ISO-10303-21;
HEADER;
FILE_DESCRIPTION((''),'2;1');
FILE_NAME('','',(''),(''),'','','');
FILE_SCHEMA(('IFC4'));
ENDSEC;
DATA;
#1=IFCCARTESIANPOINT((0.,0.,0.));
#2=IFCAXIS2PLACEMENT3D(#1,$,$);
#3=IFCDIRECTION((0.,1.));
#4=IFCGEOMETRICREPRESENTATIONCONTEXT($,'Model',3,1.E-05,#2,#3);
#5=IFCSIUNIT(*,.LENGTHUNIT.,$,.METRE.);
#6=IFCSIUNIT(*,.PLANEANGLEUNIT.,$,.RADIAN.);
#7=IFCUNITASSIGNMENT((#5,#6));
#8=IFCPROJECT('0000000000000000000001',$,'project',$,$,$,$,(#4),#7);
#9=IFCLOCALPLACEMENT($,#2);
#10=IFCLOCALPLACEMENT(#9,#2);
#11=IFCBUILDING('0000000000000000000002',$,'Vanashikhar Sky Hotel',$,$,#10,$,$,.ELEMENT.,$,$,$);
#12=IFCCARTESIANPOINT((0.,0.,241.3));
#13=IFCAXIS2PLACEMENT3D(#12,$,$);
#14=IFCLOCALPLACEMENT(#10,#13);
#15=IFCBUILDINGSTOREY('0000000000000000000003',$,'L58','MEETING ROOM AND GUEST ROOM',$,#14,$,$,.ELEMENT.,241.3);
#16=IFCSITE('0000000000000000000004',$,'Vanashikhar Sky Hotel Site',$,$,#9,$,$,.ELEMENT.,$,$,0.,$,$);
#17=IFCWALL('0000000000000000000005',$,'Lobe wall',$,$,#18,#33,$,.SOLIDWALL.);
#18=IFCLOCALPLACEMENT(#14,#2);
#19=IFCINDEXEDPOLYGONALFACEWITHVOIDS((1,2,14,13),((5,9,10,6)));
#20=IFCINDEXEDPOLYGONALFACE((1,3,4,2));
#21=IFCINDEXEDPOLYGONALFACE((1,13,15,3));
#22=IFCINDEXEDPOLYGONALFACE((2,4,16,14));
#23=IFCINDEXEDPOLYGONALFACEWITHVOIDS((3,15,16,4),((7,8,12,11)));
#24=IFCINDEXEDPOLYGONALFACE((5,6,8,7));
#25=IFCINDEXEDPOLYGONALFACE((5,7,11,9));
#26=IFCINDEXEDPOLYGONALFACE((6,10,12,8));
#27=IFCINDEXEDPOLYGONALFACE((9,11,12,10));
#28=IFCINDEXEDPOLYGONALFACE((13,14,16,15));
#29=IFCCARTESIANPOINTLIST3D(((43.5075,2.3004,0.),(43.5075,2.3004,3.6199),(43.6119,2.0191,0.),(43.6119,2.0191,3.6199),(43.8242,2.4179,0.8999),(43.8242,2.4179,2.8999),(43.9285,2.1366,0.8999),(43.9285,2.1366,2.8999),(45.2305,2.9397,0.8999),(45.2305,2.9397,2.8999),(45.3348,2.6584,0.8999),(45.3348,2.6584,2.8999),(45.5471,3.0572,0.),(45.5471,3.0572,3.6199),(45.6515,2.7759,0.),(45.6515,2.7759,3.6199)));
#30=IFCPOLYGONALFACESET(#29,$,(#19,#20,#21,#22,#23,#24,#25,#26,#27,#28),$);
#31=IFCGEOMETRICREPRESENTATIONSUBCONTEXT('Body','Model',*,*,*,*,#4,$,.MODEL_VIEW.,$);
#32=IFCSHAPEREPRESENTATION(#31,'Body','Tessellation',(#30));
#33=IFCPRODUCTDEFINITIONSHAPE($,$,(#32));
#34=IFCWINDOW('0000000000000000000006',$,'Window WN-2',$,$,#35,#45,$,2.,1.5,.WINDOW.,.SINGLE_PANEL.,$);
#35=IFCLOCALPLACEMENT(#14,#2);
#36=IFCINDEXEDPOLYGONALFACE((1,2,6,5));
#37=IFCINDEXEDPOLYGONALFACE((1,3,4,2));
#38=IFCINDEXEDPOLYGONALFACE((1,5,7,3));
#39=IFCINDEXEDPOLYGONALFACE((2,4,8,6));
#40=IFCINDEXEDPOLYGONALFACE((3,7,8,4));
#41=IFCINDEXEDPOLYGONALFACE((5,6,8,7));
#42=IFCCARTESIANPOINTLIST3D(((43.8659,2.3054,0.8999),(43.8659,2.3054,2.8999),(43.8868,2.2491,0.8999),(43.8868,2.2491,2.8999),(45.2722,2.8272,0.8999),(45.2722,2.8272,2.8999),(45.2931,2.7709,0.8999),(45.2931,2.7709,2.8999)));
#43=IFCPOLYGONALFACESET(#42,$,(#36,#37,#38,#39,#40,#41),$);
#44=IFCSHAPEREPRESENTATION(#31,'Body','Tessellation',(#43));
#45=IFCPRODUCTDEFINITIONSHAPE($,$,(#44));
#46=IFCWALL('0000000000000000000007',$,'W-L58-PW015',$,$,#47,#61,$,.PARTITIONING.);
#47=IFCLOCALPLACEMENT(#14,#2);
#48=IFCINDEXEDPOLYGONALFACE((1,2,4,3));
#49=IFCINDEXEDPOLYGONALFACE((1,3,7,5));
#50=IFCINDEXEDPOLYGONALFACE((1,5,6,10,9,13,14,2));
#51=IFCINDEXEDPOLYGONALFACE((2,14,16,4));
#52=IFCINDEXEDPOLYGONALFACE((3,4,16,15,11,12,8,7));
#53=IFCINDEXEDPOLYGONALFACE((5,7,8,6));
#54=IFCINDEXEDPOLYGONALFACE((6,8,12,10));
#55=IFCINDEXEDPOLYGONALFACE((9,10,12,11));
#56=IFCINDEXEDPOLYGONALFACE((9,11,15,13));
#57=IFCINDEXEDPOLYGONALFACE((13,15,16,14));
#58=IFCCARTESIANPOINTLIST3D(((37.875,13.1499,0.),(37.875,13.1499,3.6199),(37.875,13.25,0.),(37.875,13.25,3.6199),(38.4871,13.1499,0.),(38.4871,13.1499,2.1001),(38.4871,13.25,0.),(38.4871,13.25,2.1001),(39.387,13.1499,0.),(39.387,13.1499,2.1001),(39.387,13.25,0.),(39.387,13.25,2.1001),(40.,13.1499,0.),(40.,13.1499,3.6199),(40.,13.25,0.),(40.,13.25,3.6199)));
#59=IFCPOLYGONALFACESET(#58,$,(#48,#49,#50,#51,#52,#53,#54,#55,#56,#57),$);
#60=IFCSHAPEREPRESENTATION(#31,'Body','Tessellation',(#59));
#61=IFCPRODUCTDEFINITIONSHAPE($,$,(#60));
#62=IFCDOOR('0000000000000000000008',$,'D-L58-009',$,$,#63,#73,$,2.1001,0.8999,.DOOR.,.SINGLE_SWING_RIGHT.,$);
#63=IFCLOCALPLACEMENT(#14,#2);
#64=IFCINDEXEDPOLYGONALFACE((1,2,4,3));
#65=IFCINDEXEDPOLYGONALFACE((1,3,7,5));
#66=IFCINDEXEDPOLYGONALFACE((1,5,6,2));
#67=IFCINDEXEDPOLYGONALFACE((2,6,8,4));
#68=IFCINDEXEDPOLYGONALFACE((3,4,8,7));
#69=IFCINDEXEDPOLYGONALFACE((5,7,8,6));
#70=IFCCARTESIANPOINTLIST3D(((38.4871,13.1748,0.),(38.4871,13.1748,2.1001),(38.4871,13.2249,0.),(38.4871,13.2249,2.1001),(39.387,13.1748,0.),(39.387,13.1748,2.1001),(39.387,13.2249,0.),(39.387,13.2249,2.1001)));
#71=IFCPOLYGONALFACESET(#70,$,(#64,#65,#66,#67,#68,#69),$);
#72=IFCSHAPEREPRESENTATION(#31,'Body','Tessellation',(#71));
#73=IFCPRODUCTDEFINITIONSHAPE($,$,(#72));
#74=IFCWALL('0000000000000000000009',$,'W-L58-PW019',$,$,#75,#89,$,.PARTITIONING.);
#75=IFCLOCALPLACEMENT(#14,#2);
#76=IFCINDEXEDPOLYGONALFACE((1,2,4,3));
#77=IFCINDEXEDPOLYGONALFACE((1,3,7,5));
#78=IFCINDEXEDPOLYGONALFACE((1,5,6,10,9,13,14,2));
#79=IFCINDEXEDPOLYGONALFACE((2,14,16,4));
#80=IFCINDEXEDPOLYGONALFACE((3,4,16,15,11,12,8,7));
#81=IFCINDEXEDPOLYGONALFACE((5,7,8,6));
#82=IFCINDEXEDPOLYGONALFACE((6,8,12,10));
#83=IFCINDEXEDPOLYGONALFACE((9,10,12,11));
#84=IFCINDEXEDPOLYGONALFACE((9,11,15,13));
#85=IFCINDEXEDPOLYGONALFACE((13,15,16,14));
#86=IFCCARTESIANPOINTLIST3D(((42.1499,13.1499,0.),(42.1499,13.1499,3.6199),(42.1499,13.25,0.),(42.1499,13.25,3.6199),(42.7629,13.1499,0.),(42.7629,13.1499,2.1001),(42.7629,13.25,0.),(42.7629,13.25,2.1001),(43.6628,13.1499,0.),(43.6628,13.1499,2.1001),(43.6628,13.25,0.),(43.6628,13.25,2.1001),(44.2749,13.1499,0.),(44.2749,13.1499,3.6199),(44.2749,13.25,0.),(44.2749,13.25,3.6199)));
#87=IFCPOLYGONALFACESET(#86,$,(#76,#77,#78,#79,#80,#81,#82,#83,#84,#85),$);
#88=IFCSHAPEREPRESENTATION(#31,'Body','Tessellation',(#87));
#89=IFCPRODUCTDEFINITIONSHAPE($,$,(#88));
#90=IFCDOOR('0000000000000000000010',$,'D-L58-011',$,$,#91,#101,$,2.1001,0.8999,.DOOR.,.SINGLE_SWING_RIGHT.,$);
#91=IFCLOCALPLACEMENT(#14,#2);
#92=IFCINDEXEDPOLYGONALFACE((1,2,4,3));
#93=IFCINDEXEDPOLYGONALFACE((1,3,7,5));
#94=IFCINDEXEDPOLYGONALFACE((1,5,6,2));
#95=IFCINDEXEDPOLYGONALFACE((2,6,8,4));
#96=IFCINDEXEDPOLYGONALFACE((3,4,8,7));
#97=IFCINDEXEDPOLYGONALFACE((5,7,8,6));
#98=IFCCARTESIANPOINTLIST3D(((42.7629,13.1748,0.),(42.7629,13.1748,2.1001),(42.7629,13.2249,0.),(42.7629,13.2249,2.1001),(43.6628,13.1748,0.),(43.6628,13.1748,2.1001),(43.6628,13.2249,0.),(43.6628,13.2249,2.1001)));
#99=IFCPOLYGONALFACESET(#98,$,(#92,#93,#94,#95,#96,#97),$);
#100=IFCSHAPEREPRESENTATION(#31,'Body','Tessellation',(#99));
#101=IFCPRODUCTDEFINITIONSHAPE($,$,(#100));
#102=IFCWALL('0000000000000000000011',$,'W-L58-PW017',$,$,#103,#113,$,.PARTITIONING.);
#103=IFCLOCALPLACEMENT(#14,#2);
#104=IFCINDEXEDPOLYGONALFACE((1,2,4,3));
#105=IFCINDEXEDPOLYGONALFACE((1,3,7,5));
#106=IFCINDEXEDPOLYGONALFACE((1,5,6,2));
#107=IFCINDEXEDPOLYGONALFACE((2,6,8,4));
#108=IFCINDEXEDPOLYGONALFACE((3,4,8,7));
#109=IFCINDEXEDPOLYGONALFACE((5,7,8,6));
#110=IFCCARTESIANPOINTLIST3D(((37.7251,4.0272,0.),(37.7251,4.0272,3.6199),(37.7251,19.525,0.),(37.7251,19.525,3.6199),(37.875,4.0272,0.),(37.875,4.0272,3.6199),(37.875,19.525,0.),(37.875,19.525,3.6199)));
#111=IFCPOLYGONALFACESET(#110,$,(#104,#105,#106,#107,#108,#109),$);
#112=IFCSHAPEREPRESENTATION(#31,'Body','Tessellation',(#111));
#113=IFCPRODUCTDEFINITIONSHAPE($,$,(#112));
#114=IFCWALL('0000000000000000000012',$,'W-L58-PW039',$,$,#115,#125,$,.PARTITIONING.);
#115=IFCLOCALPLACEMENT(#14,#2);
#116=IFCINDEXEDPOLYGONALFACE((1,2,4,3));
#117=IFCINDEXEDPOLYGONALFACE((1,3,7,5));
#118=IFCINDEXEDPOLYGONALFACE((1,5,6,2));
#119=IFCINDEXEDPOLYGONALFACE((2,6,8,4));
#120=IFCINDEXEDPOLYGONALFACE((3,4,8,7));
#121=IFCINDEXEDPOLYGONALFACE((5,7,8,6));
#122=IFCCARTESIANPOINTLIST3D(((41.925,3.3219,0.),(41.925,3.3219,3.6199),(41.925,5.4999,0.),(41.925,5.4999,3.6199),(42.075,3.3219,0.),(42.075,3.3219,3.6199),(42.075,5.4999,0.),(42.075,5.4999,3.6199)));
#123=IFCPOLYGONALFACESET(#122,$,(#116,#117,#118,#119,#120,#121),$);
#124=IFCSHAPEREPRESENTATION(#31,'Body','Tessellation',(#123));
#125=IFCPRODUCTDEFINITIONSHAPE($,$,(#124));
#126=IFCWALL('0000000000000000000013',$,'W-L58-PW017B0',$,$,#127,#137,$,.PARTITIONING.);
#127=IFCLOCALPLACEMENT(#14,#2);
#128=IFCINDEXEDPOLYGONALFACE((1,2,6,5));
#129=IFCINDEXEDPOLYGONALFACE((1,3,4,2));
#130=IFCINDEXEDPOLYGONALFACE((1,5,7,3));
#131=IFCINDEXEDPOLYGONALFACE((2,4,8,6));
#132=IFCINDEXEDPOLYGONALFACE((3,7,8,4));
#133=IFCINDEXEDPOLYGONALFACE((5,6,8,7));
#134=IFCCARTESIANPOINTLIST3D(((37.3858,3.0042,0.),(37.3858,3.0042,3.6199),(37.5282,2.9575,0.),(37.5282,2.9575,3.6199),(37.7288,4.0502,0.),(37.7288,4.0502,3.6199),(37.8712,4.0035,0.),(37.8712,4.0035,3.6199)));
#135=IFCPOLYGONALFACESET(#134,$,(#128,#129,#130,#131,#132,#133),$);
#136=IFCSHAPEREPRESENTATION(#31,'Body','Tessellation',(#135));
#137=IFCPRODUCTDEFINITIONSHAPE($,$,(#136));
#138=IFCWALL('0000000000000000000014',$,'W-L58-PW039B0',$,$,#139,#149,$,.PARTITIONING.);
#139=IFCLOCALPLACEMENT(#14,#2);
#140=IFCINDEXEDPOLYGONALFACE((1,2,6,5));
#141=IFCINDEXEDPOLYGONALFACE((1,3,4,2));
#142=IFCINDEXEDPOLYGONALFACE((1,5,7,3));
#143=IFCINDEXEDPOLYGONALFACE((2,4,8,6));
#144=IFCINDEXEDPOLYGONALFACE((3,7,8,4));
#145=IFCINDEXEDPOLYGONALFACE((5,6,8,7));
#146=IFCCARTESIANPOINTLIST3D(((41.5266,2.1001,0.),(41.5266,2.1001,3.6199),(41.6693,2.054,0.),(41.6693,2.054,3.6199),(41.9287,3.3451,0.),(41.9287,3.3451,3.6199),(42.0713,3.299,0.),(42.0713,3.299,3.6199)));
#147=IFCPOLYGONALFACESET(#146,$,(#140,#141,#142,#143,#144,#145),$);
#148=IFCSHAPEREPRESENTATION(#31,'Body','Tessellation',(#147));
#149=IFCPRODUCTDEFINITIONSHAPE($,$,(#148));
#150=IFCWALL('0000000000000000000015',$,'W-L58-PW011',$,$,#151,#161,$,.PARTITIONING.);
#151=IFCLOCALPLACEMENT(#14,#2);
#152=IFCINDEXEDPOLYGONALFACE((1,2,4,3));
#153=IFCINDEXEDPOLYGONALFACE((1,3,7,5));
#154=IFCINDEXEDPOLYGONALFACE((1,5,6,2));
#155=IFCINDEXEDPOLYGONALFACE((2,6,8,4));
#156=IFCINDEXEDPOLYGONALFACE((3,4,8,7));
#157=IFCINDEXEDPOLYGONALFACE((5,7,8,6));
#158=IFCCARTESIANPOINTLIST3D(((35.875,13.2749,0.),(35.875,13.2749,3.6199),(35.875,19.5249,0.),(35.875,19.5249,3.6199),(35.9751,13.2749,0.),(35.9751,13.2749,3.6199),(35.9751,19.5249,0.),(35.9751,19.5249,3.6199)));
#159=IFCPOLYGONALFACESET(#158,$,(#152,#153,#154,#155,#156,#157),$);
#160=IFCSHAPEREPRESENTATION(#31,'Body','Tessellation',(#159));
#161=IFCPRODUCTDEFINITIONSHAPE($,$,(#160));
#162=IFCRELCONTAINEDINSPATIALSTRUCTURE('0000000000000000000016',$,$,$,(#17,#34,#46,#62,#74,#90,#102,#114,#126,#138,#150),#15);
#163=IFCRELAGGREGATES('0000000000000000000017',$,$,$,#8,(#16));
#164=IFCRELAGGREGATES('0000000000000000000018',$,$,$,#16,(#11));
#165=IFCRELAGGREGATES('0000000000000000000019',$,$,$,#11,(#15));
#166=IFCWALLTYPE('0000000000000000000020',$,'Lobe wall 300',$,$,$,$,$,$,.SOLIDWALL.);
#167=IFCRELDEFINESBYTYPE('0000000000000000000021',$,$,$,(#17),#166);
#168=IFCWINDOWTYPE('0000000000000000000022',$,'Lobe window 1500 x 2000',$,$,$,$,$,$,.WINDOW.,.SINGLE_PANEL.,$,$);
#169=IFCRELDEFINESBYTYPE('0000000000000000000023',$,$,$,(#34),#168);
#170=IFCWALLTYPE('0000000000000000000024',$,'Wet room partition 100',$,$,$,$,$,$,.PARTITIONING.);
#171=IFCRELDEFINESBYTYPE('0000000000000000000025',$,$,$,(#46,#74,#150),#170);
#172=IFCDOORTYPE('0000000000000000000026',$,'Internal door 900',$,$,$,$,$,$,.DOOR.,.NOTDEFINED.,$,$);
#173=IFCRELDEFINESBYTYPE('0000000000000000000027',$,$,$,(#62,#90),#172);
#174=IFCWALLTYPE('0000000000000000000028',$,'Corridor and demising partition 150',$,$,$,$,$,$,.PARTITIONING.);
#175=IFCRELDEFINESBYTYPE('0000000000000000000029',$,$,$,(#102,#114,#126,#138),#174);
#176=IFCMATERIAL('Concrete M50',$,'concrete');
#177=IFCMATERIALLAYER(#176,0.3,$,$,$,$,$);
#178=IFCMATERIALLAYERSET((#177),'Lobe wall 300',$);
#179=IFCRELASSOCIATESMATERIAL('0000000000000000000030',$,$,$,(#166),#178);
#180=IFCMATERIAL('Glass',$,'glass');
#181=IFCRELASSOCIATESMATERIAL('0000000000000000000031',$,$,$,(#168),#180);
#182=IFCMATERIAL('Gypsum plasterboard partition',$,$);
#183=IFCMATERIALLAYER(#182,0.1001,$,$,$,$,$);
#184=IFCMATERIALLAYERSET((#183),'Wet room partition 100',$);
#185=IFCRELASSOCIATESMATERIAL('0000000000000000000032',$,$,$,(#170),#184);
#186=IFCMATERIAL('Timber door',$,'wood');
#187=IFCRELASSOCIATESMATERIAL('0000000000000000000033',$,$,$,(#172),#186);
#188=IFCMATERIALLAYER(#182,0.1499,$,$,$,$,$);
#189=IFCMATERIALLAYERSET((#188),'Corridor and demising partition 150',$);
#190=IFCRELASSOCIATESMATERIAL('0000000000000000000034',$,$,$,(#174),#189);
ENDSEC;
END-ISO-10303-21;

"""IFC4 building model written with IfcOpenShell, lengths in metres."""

from ifc_helpers import new_model, si_unit, direction, frame, frame_2d, origin, place, context, subcontext, project, spatial, rectangle, extrude, source, transform, mapped, material, layer, layer_set, type_object, element, fill, save


model = new_model("IFC4")

# Units and contexts
model_context = context("Model", 3, precision=1e-05, world=origin(), true_north=direction((0.0, 1.0)))
body_context = subcontext(model_context, "Body", "Model", "MODEL_VIEW")
ifc_project = project(units=[si_unit("LENGTHUNIT", "METRE"), si_unit("PLANEANGLEUNIT", "RADIAN")], contexts=[model_context])

# Site, building, storey
site_placement = place(None, origin())
site = spatial("IfcSite", under=ifc_project, at=site_placement, Name="Vanashikhar Sky Hotel Site", CompositionType="ELEMENT", RefElevation=0.0)
building_placement = place(site_placement, origin())
building = spatial("IfcBuilding", under=site, at=building_placement, Name="Vanashikhar Sky Hotel", CompositionType="ELEMENT")
storey_placement = place(building_placement, frame((0.0, 0.0, 241.3)))
storey = spatial("IfcBuildingStorey", under=building, at=storey_placement, Name="L58", Description="MEETING ROOM AND GUEST ROOM", CompositionType="ELEMENT", Elevation=241.3)

# Shared definitions
ifc_material_1 = material(Name="Concrete M50", Category="concrete")

# Wall, opening, window
ifc_layer_1 = layer(ifc_material_1, 0.3)
ifc_layer_set_1 = layer_set([ifc_layer_1], Name="Lobe wall 300")
wall_type_1 = type_object("IfcWallType", Name="Lobe wall 300", PredefinedType="SOLIDWALL", material=ifc_layer_set_1)
shared_shape_1 = source(origin(), body_context, "Body", "SweptSolid", [
    extrude(rectangle(XDim=1.5, YDim=2.0, at=frame_2d((0.75, 1.0))), frame((0.0, 0.1602, 0.0), z_axis=(0.0, -1.0, 0.0), x_axis=(1.0, 0.0, 0.0)), (0.0, 0.0, 1.0), 0.3201),
])
ifc_material_2 = material(Name="Glass", Category="glass")
window_type = type_object("IfcWindowType", Name="Lobe window 1500 x 2000", PartitioningType="SINGLE_PANEL", PredefinedType="WINDOW", material=ifc_material_2)
shared_shape_2 = source(origin(), body_context, "Body", "SweptSolid", [
    extrude(rectangle(XDim=1.5, YDim=2.0, at=frame_2d((0.75, 1.0))), frame((0.0, 0.03, 0.0), z_axis=(0.0, -1.0, 0.0), x_axis=(1.0, 0.0, 0.0)), (0.0, 0.0, 1.0), 0.0601),
])
shared_shape_3 = source(origin(), body_context, "Body", "SweptSolid", [
    extrude(rectangle(XDim=2.1755, YDim=0.3, at=frame_2d((1.0879, 0.0))), origin(), (0.0, 0.0, 1.0), 3.6199),
])
wall_1_placement = place(storey_placement, frame((43.5596, 2.1597, 0.0), z_axis=(0.0, 0.0, 1.0), x_axis=(0.937532, 0.347899, 0.0)))
wall_1 = element("IfcWall", 1, at=wall_1_placement, inside=storey, type_object=wall_type_1, Name="Lobe wall", PredefinedType="SOLIDWALL", context=body_context, shape_type="MappedRepresentation", body=[
    mapped(shared_shape_3, transform((0.0, 0.0, 0.0), scale=1.0)),
])
opening_1_placement = place(wall_1_placement, frame((0.3379, 0.0, 0.8999)))
opening_1 = element("IfcOpeningElement", 2, at=opening_1_placement, cuts=wall_1, PredefinedType="OPENING", context=body_context, shape_type="MappedRepresentation", body=[
    mapped(shared_shape_1, transform((0.0, 0.0, 0.0), scale=1.0)),
])
window_1_placement = place(opening_1_placement, origin())
window_1 = element("IfcWindow", 3, at=window_1_placement, inside=storey, type_object=window_type, Name="Window WN-2", OverallHeight=2.0, OverallWidth=1.5, PartitioningType="SINGLE_PANEL", PredefinedType="WINDOW", context=body_context, shape_type="MappedRepresentation", body=[
    mapped(shared_shape_2, transform((0.0, 0.0, 0.0), scale=1.0)),
])
fill(opening_1, window_1)

# Walls, openings, doors
ifc_material_3 = material(Name="Gypsum plasterboard partition")
ifc_layer_2 = layer(ifc_material_3, 0.1001)
ifc_layer_set_2 = layer_set([ifc_layer_2], Name="Wet room partition 100")
wall_type_2 = type_object("IfcWallType", Name="Wet room partition 100", PredefinedType="PARTITIONING", material=ifc_layer_set_2)
shared_shape_4 = source(origin(), body_context, "Body", "SweptSolid", [
    extrude(rectangle(XDim=2.125, YDim=0.1001, at=frame_2d((1.0625, 0.0))), origin(), (0.0, 0.0, 1.0), 3.6199),
])
wall_2_placement = place(storey_placement, frame((37.875, 13.2, 0.0), z_axis=(0.0, 0.0, 1.0), x_axis=(1.0, 0.0, 0.0)))
wall_2 = element("IfcWall", 4, at=wall_2_placement, inside=storey, type_object=wall_type_2, Name="W-L58-PW015", PredefinedType="PARTITIONING", context=body_context, shape_type="MappedRepresentation", body=[
    mapped(shared_shape_4, transform((0.0, 0.0, 0.0), scale=1.0)),
])
shared_shape_5 = source(origin(), body_context, "Body", "SweptSolid", [
    extrude(rectangle(XDim=0.8999, YDim=2.1001, at=frame_2d((0.45, 1.05))), frame((0.0, 0.0601, 0.0), z_axis=(0.0, -1.0, 0.0), x_axis=(1.0, 0.0, 0.0)), (0.0, 0.0, 1.0), 0.1201),
])
opening_2_placement = place(wall_2_placement, frame((0.6121, 0.0, 0.0)))
opening_2 = element("IfcOpeningElement", 5, at=opening_2_placement, cuts=wall_2, PredefinedType="OPENING", context=body_context, shape_type="MappedRepresentation", body=[
    mapped(shared_shape_5, transform((0.0, 0.0, 0.0), scale=1.0)),
])
ifc_material_4 = material(Name="Timber door", Category="wood")
door_type = type_object("IfcDoorType", Name="Internal door 900", OperationType="NOTDEFINED", PredefinedType="DOOR", material=ifc_material_4)
shared_shape_6 = source(origin(), body_context, "Body", "SweptSolid", [
    extrude(rectangle(XDim=0.8999, YDim=2.1001, at=frame_2d((0.45, 1.05))), frame((0.0, 0.0249, 0.0), z_axis=(0.0, -1.0, 0.0), x_axis=(1.0, 0.0, 0.0)), (0.0, 0.0, 1.0), 0.05),
])
door_1_placement = place(opening_2_placement, origin())
door_1 = element("IfcDoor", 6, at=door_1_placement, inside=storey, type_object=door_type, Name="D-L58-009", OperationType="SINGLE_SWING_RIGHT", OverallHeight=2.1001, OverallWidth=0.8999, PredefinedType="DOOR", context=body_context, shape_type="MappedRepresentation", body=[
    mapped(shared_shape_6, transform((0.0, 0.0, 0.0), scale=1.0)),
])
fill(opening_2, door_1)
wall_3_placement = place(storey_placement, frame((42.1499, 13.2, 0.0), z_axis=(0.0, 0.0, 1.0), x_axis=(1.0, 0.0, 0.0)))
wall_3 = element("IfcWall", 7, at=wall_3_placement, inside=storey, type_object=wall_type_2, Name="W-L58-PW019", PredefinedType="PARTITIONING", context=body_context, shape_type="MappedRepresentation", body=[
    mapped(shared_shape_4, transform((0.0, 0.0, 0.0), scale=1.0)),
])
opening_3_placement = place(wall_3_placement, frame((0.613, 0.0, 0.0)))
opening_3 = element("IfcOpeningElement", 8, at=opening_3_placement, cuts=wall_3, PredefinedType="OPENING", context=body_context, shape_type="MappedRepresentation", body=[
    mapped(shared_shape_5, transform((0.0, 0.0, 0.0), scale=1.0)),
])
door_2_placement = place(opening_3_placement, origin())
door_2 = element("IfcDoor", 9, at=door_2_placement, inside=storey, type_object=door_type, Name="D-L58-011", OperationType="SINGLE_SWING_RIGHT", OverallHeight=2.1001, OverallWidth=0.8999, PredefinedType="DOOR", context=body_context, shape_type="MappedRepresentation", body=[
    mapped(shared_shape_6, transform((0.0, 0.0, 0.0), scale=1.0)),
])
fill(opening_3, door_2)

# Walls
ifc_layer_3 = layer(ifc_material_3, 0.1499)
ifc_layer_set_3 = layer_set([ifc_layer_3], Name="Corridor and demising partition 150")
wall_type_3 = type_object("IfcWallType", Name="Corridor and demising partition 150", PredefinedType="PARTITIONING", material=ifc_layer_set_3)
shared_shape_7 = source(origin(), body_context, "Body", "SweptSolid", [
    extrude(rectangle(XDim=15.4978, YDim=0.1499, at=frame_2d((7.749, 0.0))), origin(), (0.0, 0.0, 1.0), 3.6199),
])
wall_4_placement = place(storey_placement, frame((37.8, 4.0271, 0.0), z_axis=(0.0, 0.0, 1.0), x_axis=(0.0, 1.0, 0.0)))
element("IfcWall", 10, at=wall_4_placement, inside=storey, type_object=wall_type_3, Name="W-L58-PW017", PredefinedType="PARTITIONING", context=body_context, shape_type="MappedRepresentation", body=[
    mapped(shared_shape_7, transform((0.0, 0.0, 0.0), scale=1.0)),
])
shared_shape_8 = source(origin(), body_context, "Body", "SweptSolid", [
    extrude(rectangle(XDim=2.178, YDim=0.1499, at=frame_2d((1.0889, 0.0))), origin(), (0.0, 0.0, 1.0), 3.6199),
])
wall_5_placement = place(storey_placement, frame((42.0, 3.322, 0.0), z_axis=(0.0, 0.0, 1.0), x_axis=(0.0, 1.0, 0.0)))
element("IfcWall", 11, at=wall_5_placement, inside=storey, type_object=wall_type_3, Name="W-L58-PW039", PredefinedType="PARTITIONING", context=body_context, shape_type="MappedRepresentation", body=[
    mapped(shared_shape_8, transform((0.0, 0.0, 0.0), scale=1.0)),
])
shared_shape_9 = source(origin(), body_context, "Body", "SweptSolid", [
    extrude(rectangle(XDim=1.1008, YDim=0.1499, at=frame_2d((0.5503, 0.0))), origin(), (0.0, 0.0, 1.0), 3.6199),
])
wall_6_placement = place(storey_placement, frame((37.457, 2.981, 0.0), z_axis=(0.0, 0.0, 1.0), x_axis=(0.311567, 0.950224, 0.0)))
element("IfcWall", 12, at=wall_6_placement, inside=storey, type_object=wall_type_3, Name="W-L58-PW017B0", PredefinedType="PARTITIONING", context=body_context, shape_type="MappedRepresentation", body=[
    mapped(shared_shape_9, transform((0.0, 0.0, 0.0), scale=1.0)),
])
shared_shape_10 = source(origin(), body_context, "Body", "SweptSolid", [
    extrude(rectangle(XDim=1.3083, YDim=0.1499, at=frame_2d((0.6543, 0.0))), origin(), (0.0, 0.0, 1.0), 3.6199),
])
wall_7_placement = place(storey_placement, frame((41.5979, 2.0769, 0.0), z_axis=(0.0, 0.0, 1.0), x_axis=(0.307314, 0.951608, 0.0)))
element("IfcWall", 13, at=wall_7_placement, inside=storey, type_object=wall_type_3, Name="W-L58-PW039B0", PredefinedType="PARTITIONING", context=body_context, shape_type="MappedRepresentation", body=[
    mapped(shared_shape_10, transform((0.0, 0.0, 0.0), scale=1.0)),
])
shared_shape_11 = source(origin(), body_context, "Body", "SweptSolid", [
    extrude(rectangle(XDim=6.25, YDim=0.1001, at=frame_2d((3.125, 0.0))), origin(), (0.0, 0.0, 1.0), 3.6199),
])
for number, where, z_axis, x_axis, name in (
    (14, (35.925, 13.2749, 0.0), (0.0, 0.0, 1.0), (0.0, 1.0, 0.0), "W-L58-PW011"),
):
    element("IfcWall", number, at=place(storey_placement, frame(where, z_axis=z_axis, x_axis=x_axis)), inside=storey, type_object=wall_type_2, Name=name, PredefinedType="PARTITIONING", context=body_context, shape_type="MappedRepresentation", body=[
        mapped(shared_shape_11, transform((0.0, 0.0, 0.0), scale=1.0)),
    ])

save(model, "model.ifc")
